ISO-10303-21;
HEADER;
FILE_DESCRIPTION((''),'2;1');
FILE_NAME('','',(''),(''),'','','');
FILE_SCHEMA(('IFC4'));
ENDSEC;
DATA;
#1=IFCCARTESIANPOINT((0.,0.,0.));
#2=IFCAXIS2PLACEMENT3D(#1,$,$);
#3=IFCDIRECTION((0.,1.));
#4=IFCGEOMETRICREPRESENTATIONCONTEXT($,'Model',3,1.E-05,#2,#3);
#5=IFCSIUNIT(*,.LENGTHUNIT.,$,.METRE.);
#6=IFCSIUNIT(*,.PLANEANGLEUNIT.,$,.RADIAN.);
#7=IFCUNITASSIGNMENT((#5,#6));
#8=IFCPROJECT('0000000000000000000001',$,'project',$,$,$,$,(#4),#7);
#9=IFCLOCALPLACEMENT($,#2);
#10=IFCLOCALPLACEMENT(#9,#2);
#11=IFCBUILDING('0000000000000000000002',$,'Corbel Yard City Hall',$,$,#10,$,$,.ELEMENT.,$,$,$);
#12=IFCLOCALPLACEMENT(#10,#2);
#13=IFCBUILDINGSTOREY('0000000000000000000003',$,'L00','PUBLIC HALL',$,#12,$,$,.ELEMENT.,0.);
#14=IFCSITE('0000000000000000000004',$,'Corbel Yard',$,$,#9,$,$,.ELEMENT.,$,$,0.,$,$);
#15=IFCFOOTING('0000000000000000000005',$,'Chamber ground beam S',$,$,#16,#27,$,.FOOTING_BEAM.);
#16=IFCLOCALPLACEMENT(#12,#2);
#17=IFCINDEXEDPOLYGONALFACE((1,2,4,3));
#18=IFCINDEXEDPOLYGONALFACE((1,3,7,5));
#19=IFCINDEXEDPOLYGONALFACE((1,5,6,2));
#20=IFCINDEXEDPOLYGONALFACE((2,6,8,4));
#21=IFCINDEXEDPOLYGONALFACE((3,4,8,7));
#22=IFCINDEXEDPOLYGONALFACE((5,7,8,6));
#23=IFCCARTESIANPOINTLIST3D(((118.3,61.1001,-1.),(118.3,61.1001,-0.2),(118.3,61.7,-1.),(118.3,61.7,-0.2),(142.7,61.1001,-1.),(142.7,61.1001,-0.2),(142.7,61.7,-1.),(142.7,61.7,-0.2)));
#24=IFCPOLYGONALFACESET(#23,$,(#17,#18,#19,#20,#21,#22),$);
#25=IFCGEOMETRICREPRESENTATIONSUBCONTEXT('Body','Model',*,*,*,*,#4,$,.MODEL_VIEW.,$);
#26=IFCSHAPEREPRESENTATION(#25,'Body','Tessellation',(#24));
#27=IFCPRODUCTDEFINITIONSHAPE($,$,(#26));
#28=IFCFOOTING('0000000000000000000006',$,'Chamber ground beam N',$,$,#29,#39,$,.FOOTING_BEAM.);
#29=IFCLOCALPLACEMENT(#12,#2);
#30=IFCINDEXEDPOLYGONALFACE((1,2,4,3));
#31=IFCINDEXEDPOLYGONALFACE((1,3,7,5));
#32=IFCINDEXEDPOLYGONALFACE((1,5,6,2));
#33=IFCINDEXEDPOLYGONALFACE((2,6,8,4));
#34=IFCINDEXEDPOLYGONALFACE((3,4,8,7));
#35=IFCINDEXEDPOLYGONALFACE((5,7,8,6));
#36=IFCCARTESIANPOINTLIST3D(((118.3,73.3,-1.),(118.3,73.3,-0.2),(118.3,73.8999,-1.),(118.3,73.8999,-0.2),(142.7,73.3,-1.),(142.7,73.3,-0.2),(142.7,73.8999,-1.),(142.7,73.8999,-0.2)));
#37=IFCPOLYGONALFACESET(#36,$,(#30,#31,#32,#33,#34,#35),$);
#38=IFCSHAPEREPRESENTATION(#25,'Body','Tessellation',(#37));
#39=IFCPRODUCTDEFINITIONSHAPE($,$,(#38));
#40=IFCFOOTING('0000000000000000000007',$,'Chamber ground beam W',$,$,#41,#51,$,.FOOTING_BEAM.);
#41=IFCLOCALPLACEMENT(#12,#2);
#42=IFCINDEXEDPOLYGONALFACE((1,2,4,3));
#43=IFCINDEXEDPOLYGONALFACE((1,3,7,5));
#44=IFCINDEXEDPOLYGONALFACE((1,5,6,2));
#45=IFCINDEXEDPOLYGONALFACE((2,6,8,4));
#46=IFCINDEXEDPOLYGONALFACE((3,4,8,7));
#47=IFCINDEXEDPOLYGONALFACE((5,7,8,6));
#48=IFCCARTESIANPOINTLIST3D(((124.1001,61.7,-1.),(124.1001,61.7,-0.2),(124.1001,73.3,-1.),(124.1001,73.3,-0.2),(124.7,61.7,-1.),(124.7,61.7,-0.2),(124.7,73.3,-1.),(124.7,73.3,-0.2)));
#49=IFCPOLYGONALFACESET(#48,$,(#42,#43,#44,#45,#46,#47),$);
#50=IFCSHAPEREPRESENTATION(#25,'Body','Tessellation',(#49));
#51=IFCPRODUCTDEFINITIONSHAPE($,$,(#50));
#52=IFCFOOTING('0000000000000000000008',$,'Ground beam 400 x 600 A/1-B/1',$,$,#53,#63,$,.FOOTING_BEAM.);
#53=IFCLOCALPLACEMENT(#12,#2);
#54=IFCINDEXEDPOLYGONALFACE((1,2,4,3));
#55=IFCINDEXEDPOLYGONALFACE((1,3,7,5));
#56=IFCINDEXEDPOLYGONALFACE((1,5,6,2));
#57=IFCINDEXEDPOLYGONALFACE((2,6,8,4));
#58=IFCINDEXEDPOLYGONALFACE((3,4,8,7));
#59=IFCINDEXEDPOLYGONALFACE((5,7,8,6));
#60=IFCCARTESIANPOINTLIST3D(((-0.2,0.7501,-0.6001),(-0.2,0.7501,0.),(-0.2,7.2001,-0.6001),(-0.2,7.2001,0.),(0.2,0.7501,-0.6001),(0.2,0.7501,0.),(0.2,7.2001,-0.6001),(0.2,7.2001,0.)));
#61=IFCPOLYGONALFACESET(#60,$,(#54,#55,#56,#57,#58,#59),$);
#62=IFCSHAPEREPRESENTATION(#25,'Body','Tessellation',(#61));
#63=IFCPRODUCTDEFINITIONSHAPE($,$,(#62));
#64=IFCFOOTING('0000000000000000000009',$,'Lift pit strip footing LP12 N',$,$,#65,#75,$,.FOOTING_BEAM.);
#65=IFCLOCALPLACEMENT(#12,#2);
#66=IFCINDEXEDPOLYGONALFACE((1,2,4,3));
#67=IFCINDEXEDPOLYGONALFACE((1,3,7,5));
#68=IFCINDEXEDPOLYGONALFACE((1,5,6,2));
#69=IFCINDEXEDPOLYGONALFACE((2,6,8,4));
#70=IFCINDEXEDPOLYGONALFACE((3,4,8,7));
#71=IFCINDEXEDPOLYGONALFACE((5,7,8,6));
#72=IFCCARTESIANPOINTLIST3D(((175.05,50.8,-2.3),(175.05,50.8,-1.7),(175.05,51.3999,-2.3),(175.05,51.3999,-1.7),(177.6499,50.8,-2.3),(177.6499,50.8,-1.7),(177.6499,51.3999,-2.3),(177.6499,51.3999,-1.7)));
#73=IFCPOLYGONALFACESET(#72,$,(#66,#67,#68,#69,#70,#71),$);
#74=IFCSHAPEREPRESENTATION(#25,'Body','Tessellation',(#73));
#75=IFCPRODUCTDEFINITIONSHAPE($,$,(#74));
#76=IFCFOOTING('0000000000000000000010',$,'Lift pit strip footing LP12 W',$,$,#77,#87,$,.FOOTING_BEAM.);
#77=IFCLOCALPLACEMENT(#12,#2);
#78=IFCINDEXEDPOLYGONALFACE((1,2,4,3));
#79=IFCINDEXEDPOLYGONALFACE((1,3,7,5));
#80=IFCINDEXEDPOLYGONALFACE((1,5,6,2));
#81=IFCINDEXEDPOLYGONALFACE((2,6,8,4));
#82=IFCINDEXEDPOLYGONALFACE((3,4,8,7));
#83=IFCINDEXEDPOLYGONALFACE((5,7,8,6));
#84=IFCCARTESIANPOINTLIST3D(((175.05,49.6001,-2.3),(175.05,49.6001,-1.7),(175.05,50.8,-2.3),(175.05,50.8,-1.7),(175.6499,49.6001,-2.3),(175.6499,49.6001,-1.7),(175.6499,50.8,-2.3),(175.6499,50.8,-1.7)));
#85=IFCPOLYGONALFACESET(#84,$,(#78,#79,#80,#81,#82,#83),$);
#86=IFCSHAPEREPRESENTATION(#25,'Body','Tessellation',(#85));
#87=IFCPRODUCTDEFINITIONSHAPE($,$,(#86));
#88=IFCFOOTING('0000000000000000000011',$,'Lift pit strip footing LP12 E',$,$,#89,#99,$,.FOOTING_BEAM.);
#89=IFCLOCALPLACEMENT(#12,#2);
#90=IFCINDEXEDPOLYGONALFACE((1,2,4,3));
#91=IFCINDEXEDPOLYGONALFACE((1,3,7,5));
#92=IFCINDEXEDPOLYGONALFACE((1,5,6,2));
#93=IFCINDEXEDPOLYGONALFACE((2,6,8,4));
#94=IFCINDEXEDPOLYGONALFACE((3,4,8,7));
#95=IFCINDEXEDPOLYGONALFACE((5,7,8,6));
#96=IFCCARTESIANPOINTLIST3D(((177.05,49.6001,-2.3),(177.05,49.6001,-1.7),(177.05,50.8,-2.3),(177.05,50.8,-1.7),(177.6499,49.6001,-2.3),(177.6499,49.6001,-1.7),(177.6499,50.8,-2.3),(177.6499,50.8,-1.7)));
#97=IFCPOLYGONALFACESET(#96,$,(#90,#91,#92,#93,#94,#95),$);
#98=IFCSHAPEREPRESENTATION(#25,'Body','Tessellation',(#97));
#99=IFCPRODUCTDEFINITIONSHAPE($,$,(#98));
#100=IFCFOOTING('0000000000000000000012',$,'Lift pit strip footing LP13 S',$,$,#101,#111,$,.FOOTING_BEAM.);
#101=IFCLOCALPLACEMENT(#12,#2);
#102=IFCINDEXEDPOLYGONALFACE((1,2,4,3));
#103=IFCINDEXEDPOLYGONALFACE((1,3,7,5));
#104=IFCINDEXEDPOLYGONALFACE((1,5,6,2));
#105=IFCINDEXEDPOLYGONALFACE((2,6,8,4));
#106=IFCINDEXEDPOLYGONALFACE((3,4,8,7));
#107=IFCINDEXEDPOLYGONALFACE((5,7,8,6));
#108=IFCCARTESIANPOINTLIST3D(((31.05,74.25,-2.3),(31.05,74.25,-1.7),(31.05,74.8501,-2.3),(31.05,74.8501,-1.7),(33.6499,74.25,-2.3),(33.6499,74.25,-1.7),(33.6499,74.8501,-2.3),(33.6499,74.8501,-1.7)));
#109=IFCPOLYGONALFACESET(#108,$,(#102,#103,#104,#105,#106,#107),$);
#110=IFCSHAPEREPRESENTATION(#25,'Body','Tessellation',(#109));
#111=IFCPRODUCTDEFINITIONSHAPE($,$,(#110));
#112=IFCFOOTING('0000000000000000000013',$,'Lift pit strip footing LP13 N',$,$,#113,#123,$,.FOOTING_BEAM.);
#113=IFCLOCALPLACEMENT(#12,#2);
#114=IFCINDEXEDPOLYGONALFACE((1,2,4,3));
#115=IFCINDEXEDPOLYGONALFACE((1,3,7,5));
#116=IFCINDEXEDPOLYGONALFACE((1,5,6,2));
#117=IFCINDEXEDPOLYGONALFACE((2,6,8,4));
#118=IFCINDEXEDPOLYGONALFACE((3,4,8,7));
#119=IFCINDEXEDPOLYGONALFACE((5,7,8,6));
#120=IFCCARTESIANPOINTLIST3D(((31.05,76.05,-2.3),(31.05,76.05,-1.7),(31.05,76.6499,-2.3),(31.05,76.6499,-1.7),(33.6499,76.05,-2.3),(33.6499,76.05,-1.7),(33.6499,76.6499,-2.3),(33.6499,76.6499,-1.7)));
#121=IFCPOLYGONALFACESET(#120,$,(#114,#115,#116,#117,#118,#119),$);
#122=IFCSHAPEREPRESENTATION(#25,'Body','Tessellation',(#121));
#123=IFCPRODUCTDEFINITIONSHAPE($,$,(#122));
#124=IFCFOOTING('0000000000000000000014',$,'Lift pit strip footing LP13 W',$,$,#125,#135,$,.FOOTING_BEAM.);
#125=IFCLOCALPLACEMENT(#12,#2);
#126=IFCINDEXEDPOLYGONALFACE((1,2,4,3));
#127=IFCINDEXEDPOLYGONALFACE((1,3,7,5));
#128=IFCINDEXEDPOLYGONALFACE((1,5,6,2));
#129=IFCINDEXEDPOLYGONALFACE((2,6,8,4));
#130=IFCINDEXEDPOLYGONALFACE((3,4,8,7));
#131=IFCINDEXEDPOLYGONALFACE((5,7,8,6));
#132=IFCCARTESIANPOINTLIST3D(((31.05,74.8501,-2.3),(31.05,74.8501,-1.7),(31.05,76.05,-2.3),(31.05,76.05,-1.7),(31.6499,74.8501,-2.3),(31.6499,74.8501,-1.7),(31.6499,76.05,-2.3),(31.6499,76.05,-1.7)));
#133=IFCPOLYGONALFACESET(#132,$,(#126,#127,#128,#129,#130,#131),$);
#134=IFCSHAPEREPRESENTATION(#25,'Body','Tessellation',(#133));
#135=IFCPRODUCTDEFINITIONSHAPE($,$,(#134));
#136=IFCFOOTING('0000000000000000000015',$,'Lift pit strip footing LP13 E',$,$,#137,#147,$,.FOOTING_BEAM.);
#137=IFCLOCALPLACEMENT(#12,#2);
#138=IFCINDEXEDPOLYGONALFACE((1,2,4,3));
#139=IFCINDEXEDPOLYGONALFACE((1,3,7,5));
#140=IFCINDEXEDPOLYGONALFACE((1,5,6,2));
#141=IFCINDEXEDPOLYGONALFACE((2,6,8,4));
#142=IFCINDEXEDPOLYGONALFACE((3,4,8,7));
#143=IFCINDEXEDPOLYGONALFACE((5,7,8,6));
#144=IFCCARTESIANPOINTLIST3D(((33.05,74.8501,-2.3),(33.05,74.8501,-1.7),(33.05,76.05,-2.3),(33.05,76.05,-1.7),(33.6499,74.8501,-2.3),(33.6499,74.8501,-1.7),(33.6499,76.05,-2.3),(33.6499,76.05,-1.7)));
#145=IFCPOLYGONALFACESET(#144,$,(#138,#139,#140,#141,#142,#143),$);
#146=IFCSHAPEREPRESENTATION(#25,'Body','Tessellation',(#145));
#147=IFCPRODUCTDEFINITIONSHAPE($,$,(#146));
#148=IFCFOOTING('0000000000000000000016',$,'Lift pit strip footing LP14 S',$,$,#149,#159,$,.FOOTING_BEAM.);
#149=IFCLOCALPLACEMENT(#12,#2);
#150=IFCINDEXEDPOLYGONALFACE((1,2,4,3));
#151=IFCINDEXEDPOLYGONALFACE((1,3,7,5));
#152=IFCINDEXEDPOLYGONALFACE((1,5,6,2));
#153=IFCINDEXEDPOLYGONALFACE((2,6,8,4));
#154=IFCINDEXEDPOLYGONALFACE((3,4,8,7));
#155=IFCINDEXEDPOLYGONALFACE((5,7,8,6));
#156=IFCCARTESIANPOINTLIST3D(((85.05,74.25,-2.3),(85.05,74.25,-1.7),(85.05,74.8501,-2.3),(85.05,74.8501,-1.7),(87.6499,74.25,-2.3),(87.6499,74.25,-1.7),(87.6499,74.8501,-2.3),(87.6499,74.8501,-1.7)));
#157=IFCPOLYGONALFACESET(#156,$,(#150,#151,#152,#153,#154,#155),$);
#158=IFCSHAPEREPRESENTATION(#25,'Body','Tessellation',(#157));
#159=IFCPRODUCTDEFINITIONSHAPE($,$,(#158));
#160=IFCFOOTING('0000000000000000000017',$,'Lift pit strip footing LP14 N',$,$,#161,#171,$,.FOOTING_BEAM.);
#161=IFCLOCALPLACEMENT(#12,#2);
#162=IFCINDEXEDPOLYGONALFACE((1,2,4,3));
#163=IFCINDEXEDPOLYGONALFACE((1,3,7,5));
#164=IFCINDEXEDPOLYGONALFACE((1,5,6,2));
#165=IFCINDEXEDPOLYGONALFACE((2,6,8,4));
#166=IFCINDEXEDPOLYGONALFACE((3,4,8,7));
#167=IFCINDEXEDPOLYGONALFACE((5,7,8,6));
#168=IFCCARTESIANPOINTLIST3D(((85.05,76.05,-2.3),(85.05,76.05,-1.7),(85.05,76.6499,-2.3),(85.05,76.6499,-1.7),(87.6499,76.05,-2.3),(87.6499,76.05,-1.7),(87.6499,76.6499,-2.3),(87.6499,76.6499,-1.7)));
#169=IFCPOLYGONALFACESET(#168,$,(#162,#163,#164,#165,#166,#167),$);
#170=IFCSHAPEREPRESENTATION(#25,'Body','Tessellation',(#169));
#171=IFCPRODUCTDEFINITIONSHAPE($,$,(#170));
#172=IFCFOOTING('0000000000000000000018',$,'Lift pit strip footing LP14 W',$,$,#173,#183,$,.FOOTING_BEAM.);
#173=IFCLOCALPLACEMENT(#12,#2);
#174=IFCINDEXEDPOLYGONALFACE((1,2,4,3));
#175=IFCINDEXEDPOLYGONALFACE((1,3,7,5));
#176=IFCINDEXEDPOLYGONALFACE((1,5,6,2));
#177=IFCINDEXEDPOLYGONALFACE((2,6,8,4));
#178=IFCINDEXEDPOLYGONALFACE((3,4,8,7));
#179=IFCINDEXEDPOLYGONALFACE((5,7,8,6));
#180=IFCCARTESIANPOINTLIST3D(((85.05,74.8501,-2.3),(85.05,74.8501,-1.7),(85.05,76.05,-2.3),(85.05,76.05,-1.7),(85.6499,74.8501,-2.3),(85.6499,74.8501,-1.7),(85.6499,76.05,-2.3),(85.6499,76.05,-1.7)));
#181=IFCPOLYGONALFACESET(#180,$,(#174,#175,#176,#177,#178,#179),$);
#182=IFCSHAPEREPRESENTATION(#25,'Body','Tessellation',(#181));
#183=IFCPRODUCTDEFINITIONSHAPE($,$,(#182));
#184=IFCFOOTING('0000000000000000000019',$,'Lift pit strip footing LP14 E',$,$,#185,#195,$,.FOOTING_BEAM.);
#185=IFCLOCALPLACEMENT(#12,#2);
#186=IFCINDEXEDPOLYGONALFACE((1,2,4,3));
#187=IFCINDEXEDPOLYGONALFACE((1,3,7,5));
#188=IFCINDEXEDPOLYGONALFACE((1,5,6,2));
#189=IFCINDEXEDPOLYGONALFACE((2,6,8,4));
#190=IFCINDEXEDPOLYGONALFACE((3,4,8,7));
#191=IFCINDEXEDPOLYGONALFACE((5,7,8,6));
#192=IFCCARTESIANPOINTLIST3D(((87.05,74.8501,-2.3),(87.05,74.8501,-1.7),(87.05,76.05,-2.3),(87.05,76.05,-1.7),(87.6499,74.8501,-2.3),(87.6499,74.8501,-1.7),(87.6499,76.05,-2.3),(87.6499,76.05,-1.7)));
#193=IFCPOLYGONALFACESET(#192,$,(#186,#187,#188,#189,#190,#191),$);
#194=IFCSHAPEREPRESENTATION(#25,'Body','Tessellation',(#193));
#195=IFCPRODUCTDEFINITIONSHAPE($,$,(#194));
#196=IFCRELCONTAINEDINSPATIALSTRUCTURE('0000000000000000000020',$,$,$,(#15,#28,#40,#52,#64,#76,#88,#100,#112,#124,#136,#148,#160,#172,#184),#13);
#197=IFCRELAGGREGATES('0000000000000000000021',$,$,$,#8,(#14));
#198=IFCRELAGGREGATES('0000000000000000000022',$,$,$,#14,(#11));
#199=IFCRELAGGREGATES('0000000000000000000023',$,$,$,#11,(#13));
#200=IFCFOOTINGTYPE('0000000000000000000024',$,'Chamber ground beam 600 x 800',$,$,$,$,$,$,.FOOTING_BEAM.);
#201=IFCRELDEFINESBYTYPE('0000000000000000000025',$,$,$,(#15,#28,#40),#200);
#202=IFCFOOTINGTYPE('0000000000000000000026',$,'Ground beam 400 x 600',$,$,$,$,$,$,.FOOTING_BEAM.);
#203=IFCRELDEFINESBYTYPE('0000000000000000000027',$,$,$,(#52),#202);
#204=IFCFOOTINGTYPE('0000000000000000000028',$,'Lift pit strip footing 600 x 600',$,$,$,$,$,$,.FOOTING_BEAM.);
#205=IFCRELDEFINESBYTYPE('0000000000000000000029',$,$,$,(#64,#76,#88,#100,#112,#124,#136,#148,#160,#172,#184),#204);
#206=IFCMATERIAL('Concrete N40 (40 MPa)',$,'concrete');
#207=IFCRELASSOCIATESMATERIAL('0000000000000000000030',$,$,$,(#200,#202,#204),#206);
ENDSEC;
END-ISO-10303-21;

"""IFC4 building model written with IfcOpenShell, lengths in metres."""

from ifc_helpers import new_model, si_unit, direction, frame, origin, origin_2d, place, context, subcontext, project, spatial, polyline, rectangle, outline, extrude, material, type_object, element, save


model = new_model("IFC4")

# Units and contexts
model_context = context("Model", 3, precision=1e-05, world=origin(), true_north=direction((0.0, 1.0)))
body_context = subcontext(model_context, "Body", "Model", "MODEL_VIEW")
ifc_project = project(units=[si_unit("LENGTHUNIT", "METRE"), si_unit("PLANEANGLEUNIT", "RADIAN")], contexts=[model_context])

# Site, building, storey
site_placement = place(None, origin())
site = spatial("IfcSite", under=ifc_project, at=site_placement, Name="Corbel Yard", CompositionType="ELEMENT", RefElevation=0.0)
building_placement = place(site_placement, origin())
building = spatial("IfcBuilding", under=site, at=building_placement, Name="Corbel Yard City Hall", CompositionType="ELEMENT")
storey_placement = place(building_placement, origin())
storey = spatial("IfcBuildingStorey", under=building, at=storey_placement, Name="L00", Description="PUBLIC HALL", CompositionType="ELEMENT", Elevation=0.0)

# Footings
ifc_material_1 = material(Name="Concrete N40 (40 MPa)", Category="concrete")
footing_type_1 = type_object("IfcFootingType", Name="Chamber ground beam 600 x 800", PredefinedType="FOOTING_BEAM", material=ifc_material_1)
footing_1_placement = place(storey_placement, frame((0.0, 0.0, -1.0)))
element("IfcFooting", 1, at=footing_1_placement, inside=storey, type_object=footing_type_1, Name="Chamber ground beam S", PredefinedType="FOOTING_BEAM", context=body_context, shape_type="SweptSolid", body=[
    extrude(outline(polyline([(142.7, 61.1001), (142.7, 61.7), (118.3, 61.7), (118.3, 61.1001), (142.7, 61.1001)])), origin(), (0.0, 0.0, 1.0), 0.8),
])
footing_2_placement = place(storey_placement, frame((0.0, 0.0, -1.0)))
element("IfcFooting", 2, at=footing_2_placement, inside=storey, type_object=footing_type_1, Name="Chamber ground beam N", PredefinedType="FOOTING_BEAM", context=body_context, shape_type="SweptSolid", body=[
    extrude(outline(polyline([(142.7, 73.3), (142.7, 73.8999), (118.3, 73.8999), (118.3, 73.3), (142.7, 73.3)])), origin(), (0.0, 0.0, 1.0), 0.8),
])
footing_3_placement = place(storey_placement, frame((0.0, 0.0, -1.0)))
element("IfcFooting", 3, at=footing_3_placement, inside=storey, type_object=footing_type_1, Name="Chamber ground beam W", PredefinedType="FOOTING_BEAM", context=body_context, shape_type="SweptSolid", body=[
    extrude(outline(polyline([(124.7, 61.7), (124.7, 73.3), (124.1001, 73.3), (124.1001, 61.7), (124.7, 61.7)])), origin(), (0.0, 0.0, 1.0), 0.8),
])
footing_type_2 = type_object("IfcFootingType", Name="Ground beam 400 x 600", PredefinedType="FOOTING_BEAM", material=ifc_material_1)
footing_4_placement = place(storey_placement, frame((0.0, 3.9751, -0.6001), z_axis=(0.0, 0.0, 1.0), x_axis=(1.0, 0.0, 0.0)))
element("IfcFooting", 4, at=footing_4_placement, inside=storey, type_object=footing_type_2, Name="Ground beam 400 x 600 A/1-B/1", PredefinedType="FOOTING_BEAM", context=body_context, shape_type="SweptSolid", body=[
    extrude(rectangle(XDim=0.3999, YDim=6.45, at=origin_2d()), origin(), (0.0, 0.0, 1.0), 0.6001),
])
footing_type_3 = type_object("IfcFootingType", Name="Lift pit strip footing 600 x 600", PredefinedType="FOOTING_BEAM", material=ifc_material_1)
footing_5_placement = place(storey_placement, frame((0.0, 0.0, -2.3)))
element("IfcFooting", 5, at=footing_5_placement, inside=storey, type_object=footing_type_3, Name="Lift pit strip footing LP12 N", PredefinedType="FOOTING_BEAM", context=body_context, shape_type="SweptSolid", body=[
    extrude(outline(polyline([(177.6499, 50.8), (177.6499, 51.3999), (175.05, 51.3999), (175.05, 50.8), (177.6499, 50.8)])), origin(), (0.0, 0.0, 1.0), 0.6001),
])
footing_6_placement = place(storey_placement, frame((0.0, 0.0, -2.3)))
element("IfcFooting", 6, at=footing_6_placement, inside=storey, type_object=footing_type_3, Name="Lift pit strip footing LP12 W", PredefinedType="FOOTING_BEAM", context=body_context, shape_type="SweptSolid", body=[
    extrude(outline(polyline([(175.6499, 49.6001), (175.6499, 50.8), (175.05, 50.8), (175.05, 49.6001), (175.6499, 49.6001)])), origin(), (0.0, 0.0, 1.0), 0.6001),
])
footing_7_placement = place(storey_placement, frame((0.0, 0.0, -2.3)))
element("IfcFooting", 7, at=footing_7_placement, inside=storey, type_object=footing_type_3, Name="Lift pit strip footing LP12 E", PredefinedType="FOOTING_BEAM", context=body_context, shape_type="SweptSolid", body=[
    extrude(outline(polyline([(177.6499, 49.6001), (177.6499, 50.8), (177.05, 50.8), (177.05, 49.6001), (177.6499, 49.6001)])), origin(), (0.0, 0.0, 1.0), 0.6001),
])
footing_8_placement = place(storey_placement, frame((0.0, 0.0, -2.3)))
element("IfcFooting", 8, at=footing_8_placement, inside=storey, type_object=footing_type_3, Name="Lift pit strip footing LP13 S", PredefinedType="FOOTING_BEAM", context=body_context, shape_type="SweptSolid", body=[
    extrude(outline(polyline([(33.6499, 74.25), (33.6499, 74.8501), (31.05, 74.8501), (31.05, 74.25), (33.6499, 74.25)])), origin(), (0.0, 0.0, 1.0), 0.6001),
])
footing_9_placement = place(storey_placement, frame((0.0, 0.0, -2.3)))
element("IfcFooting", 9, at=footing_9_placement, inside=storey, type_object=footing_type_3, Name="Lift pit strip footing LP13 N", PredefinedType="FOOTING_BEAM", context=body_context, shape_type="SweptSolid", body=[
    extrude(outline(polyline([(33.6499, 76.05), (33.6499, 76.6499), (31.05, 76.6499), (31.05, 76.05), (33.6499, 76.05)])), origin(), (0.0, 0.0, 1.0), 0.6001),
])
footing_10_placement = place(storey_placement, frame((0.0, 0.0, -2.3)))
element("IfcFooting", 10, at=footing_10_placement, inside=storey, type_object=footing_type_3, Name="Lift pit strip footing LP13 W", PredefinedType="FOOTING_BEAM", context=body_context, shape_type="SweptSolid", body=[
    extrude(outline(polyline([(31.6499, 74.8501), (31.6499, 76.05), (31.05, 76.05), (31.05, 74.8501), (31.6499, 74.8501)])), origin(), (0.0, 0.0, 1.0), 0.6001),
])
footing_11_placement = place(storey_placement, frame((0.0, 0.0, -2.3)))
element("IfcFooting", 11, at=footing_11_placement, inside=storey, type_object=footing_type_3, Name="Lift pit strip footing LP13 E", PredefinedType="FOOTING_BEAM", context=body_context, shape_type="SweptSolid", body=[
    extrude(outline(polyline([(33.6499, 74.8501), (33.6499, 76.05), (33.05, 76.05), (33.05, 74.8501), (33.6499, 74.8501)])), origin(), (0.0, 0.0, 1.0), 0.6001),
])
footing_12_placement = place(storey_placement, frame((0.0, 0.0, -2.3)))
element("IfcFooting", 12, at=footing_12_placement, inside=storey, type_object=footing_type_3, Name="Lift pit strip footing LP14 S", PredefinedType="FOOTING_BEAM", context=body_context, shape_type="SweptSolid", body=[
    extrude(outline(polyline([(87.6499, 74.25), (87.6499, 74.8501), (85.05, 74.8501), (85.05, 74.25), (87.6499, 74.25)])), origin(), (0.0, 0.0, 1.0), 0.6001),
])
footing_13_placement = place(storey_placement, frame((0.0, 0.0, -2.3)))
element("IfcFooting", 13, at=footing_13_placement, inside=storey, type_object=footing_type_3, Name="Lift pit strip footing LP14 N", PredefinedType="FOOTING_BEAM", context=body_context, shape_type="SweptSolid", body=[
    extrude(outline(polyline([(87.6499, 76.05), (87.6499, 76.6499), (85.05, 76.6499), (85.05, 76.05), (87.6499, 76.05)])), origin(), (0.0, 0.0, 1.0), 0.6001),
])
footing_14_placement = place(storey_placement, frame((0.0, 0.0, -2.3)))
element("IfcFooting", 14, at=footing_14_placement, inside=storey, type_object=footing_type_3, Name="Lift pit strip footing LP14 W", PredefinedType="FOOTING_BEAM", context=body_context, shape_type="SweptSolid", body=[
    extrude(outline(polyline([(85.6499, 74.8501), (85.6499, 76.05), (85.05, 76.05), (85.05, 74.8501), (85.6499, 74.8501)])), origin(), (0.0, 0.0, 1.0), 0.6001),
])
footing_15_placement = place(storey_placement, frame((0.0, 0.0, -2.3)))
element("IfcFooting", 15, at=footing_15_placement, inside=storey, type_object=footing_type_3, Name="Lift pit strip footing LP14 E", PredefinedType="FOOTING_BEAM", context=body_context, shape_type="SweptSolid", body=[
    extrude(outline(polyline([(87.6499, 74.8501), (87.6499, 76.05), (87.05, 76.05), (87.05, 74.8501), (87.6499, 74.8501)])), origin(), (0.0, 0.0, 1.0), 0.6001),
])

save(model, "model.ifc")
